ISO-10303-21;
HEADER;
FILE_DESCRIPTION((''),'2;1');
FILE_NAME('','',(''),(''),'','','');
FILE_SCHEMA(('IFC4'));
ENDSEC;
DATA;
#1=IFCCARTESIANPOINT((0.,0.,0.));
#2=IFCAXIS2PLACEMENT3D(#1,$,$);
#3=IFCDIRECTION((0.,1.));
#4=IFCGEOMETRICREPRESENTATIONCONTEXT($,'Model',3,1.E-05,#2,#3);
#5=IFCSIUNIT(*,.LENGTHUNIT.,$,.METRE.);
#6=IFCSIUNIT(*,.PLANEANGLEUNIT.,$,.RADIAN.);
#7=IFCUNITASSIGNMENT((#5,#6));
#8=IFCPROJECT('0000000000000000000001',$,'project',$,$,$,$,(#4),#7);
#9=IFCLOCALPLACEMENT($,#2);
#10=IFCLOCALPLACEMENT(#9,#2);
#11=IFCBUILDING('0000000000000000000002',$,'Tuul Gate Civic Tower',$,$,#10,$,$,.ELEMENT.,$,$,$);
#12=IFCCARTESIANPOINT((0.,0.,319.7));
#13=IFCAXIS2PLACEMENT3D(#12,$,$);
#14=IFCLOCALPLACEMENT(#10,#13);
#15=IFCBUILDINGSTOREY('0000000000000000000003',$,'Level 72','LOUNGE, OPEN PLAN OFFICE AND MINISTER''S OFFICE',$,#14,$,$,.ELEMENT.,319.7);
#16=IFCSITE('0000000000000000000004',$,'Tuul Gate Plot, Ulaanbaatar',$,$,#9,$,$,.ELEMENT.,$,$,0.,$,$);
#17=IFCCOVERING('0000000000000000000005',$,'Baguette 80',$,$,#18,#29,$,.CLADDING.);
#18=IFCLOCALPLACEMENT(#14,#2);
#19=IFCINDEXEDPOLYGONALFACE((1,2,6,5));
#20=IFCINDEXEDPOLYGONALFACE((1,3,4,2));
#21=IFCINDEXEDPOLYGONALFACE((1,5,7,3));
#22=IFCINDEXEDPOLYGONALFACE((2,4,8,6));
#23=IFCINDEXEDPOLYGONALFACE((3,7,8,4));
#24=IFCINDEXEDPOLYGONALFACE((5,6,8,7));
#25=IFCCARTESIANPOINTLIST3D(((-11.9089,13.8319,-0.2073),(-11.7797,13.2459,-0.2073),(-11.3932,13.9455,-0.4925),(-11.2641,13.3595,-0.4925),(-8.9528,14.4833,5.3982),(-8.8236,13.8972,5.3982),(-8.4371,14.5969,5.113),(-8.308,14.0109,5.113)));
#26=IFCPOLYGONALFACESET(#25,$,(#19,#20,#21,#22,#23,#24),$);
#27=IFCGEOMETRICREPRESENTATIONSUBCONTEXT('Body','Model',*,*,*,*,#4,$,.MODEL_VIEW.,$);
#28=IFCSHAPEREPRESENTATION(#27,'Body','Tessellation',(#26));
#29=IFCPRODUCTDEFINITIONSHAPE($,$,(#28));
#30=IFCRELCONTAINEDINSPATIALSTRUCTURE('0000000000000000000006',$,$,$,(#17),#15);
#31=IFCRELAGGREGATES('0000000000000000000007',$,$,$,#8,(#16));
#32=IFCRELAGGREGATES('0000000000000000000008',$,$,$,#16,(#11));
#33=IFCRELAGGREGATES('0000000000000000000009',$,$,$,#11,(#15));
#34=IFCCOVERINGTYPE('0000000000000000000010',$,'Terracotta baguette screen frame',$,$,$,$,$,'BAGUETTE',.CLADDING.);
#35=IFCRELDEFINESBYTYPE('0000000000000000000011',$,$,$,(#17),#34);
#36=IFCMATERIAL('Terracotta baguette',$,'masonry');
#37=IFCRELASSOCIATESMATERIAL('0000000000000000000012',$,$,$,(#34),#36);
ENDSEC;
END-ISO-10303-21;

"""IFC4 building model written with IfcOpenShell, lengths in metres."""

from ifc_helpers import new_model, si_unit, direction, frame, origin, origin_2d, place, context, subcontext, project, spatial, rectangle, extrude, material, material_profile, profile_set, type_object, element, save


model = new_model("IFC4")

# Units and contexts
model_context = context("Model", 3, precision=1e-05, world=origin(), true_north=direction((0.0, 1.0)))
body_context = subcontext(model_context, "Body", "Model", "MODEL_VIEW")
ifc_project = project(units=[si_unit("LENGTHUNIT", "METRE"), si_unit("PLANEANGLEUNIT", "RADIAN")], contexts=[model_context])

# Site, building, storey
site_placement = place(None, origin())
site = spatial("IfcSite", under=ifc_project, at=site_placement, Name="Tuul Gate Plot, Ulaanbaatar", CompositionType="ELEMENT", RefElevation=0.0)
building_placement = place(site_placement, origin())
building = spatial("IfcBuilding", under=site, at=building_placement, Name="Tuul Gate Civic Tower", CompositionType="ELEMENT")
storey_placement = place(building_placement, frame((0.0, 0.0, 319.7)))
storey = spatial("IfcBuildingStorey", under=building, at=storey_placement, Name="Level 72", Description="LOUNGE, OPEN PLAN OFFICE AND MINISTER'S OFFICE", CompositionType="ELEMENT", Elevation=319.7)

# Covering
ifc_material_1 = material(Name="Terracotta baguette", Category="masonry")
ifc_material_profile_1 = material_profile(ifc_material_1, rectangle(XDim=0.6001, YDim=0.6001, at=origin_2d()), Name="Terracotta baguette screen frame")
ifc_profile_set_1 = profile_set([ifc_material_profile_1], Name="Terracotta baguette")
covering_type = type_object("IfcCoveringType", Name="Terracotta baguette screen frame", ElementType="BAGUETTE", PredefinedType="CLADDING", material=ifc_profile_set_1)
covering_placement = place(storey_placement, frame((-8.6304, 14.2471, 5.2556), z_axis=(-0.464019, -0.102247, -0.879904), x_axis=(0.215188, -0.976573, 0.0)))
element("IfcCovering", 1, at=covering_placement, inside=storey, type_object=covering_type, Name="Baguette 80", PredefinedType="CLADDING", context=body_context, shape_type="SweptSolid", body=[
    extrude(rectangle(XDim=0.6001, YDim=0.6001, at=origin_2d()), origin(), (0.0, 0.0, 1.0), 6.3706),
])

save(model, "model.ifc")
